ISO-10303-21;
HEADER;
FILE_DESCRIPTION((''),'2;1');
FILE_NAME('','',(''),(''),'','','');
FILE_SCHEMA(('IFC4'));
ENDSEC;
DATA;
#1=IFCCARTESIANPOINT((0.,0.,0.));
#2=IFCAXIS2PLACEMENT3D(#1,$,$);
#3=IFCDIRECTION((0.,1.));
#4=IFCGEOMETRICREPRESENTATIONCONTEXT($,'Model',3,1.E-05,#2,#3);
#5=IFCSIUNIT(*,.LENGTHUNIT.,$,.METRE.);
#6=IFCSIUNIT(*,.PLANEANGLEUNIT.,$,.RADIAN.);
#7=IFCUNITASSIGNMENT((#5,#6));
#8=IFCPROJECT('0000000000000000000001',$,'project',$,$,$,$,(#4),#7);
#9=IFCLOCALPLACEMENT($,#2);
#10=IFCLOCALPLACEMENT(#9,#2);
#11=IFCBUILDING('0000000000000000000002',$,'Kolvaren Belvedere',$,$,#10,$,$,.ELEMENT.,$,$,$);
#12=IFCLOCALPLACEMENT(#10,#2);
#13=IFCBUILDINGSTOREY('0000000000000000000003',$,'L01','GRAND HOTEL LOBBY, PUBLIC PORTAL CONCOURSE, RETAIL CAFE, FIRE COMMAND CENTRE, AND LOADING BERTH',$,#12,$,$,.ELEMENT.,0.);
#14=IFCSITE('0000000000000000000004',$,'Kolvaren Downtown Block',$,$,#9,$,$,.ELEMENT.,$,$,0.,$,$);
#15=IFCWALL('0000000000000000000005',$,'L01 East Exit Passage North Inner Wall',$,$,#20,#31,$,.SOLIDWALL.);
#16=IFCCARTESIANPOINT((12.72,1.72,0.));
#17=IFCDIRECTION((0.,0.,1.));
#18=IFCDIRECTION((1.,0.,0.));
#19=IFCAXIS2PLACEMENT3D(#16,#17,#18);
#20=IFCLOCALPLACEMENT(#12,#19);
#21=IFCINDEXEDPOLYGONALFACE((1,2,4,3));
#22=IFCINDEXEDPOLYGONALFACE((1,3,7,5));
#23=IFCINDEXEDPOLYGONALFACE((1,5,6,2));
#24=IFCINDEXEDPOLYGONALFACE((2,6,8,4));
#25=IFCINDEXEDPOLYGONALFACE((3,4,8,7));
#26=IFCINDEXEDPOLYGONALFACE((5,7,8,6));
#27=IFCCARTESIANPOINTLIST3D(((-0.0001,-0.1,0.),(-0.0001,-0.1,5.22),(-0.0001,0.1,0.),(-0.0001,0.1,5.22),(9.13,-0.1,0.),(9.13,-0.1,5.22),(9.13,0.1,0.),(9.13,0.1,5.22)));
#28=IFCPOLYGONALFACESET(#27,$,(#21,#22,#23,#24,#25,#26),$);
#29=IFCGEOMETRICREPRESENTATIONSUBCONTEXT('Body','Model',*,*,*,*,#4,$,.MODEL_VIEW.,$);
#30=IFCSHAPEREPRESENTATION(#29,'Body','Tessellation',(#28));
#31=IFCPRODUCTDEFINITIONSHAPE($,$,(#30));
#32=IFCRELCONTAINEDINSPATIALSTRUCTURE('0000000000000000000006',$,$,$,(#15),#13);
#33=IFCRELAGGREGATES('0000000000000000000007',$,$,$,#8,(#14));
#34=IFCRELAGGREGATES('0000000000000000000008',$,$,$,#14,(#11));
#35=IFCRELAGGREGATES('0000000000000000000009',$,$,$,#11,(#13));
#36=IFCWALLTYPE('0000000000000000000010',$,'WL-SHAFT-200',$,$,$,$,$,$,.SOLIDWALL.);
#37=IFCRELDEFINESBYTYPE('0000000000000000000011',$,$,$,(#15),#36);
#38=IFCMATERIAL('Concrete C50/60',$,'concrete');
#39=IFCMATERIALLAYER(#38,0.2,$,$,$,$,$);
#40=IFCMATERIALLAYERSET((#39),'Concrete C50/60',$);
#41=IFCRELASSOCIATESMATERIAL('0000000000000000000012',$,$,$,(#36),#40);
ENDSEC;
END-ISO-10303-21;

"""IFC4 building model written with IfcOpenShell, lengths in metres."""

from ifc_helpers import new_model, si_unit, direction, frame, frame_2d, origin, place, context, subcontext, project, spatial, rectangle, extrude, material, layer, layer_set, type_object, element, save


model = new_model("IFC4")

# Units and contexts
model_context = context("Model", 3, precision=1e-05, world=origin(), true_north=direction((0.0, 1.0)))
body_context = subcontext(model_context, "Body", "Model", "MODEL_VIEW")
ifc_project = project(units=[si_unit("LENGTHUNIT", "METRE"), si_unit("PLANEANGLEUNIT", "RADIAN")], contexts=[model_context])

# Site, building, storey
site_placement = place(None, origin())
site = spatial("IfcSite", under=ifc_project, at=site_placement, Name="Kolvaren Downtown Block", CompositionType="ELEMENT", RefElevation=0.0)
building_placement = place(site_placement, origin())
building = spatial("IfcBuilding", under=site, at=building_placement, Name="Kolvaren Belvedere", CompositionType="ELEMENT")
storey_placement = place(building_placement, origin())
storey = spatial("IfcBuildingStorey", under=building, at=storey_placement, Name="L01", Description="GRAND HOTEL LOBBY, PUBLIC PORTAL CONCOURSE, RETAIL CAFE, FIRE COMMAND CENTRE, AND LOADING BERTH", CompositionType="ELEMENT", Elevation=0.0)

# Wall
ifc_material_1 = material(Name="Concrete C50/60", Category="concrete")
ifc_layer_1 = layer(ifc_material_1, 0.2)
ifc_layer_set_1 = layer_set([ifc_layer_1], Name="Concrete C50/60")
wall_type_1 = type_object("IfcWallType", Name="WL-SHAFT-200", PredefinedType="SOLIDWALL", material=ifc_layer_set_1)
wall_1_placement = place(storey_placement, frame((12.72, 1.72, 0.0), z_axis=(0.0, 0.0, 1.0), x_axis=(1.0, 0.0, 0.0)))
element("IfcWall", 1, at=wall_1_placement, inside=storey, type_object=wall_type_1, Name="L01 East Exit Passage North Inner Wall", PredefinedType="SOLIDWALL", context=body_context, shape_type="SweptSolid", body=[
    extrude(rectangle(XDim=9.1301, YDim=0.2, at=frame_2d((4.5649, 0.0))), origin(), (0.0, 0.0, 1.0), 5.22),
])

save(model, "model.ifc")
